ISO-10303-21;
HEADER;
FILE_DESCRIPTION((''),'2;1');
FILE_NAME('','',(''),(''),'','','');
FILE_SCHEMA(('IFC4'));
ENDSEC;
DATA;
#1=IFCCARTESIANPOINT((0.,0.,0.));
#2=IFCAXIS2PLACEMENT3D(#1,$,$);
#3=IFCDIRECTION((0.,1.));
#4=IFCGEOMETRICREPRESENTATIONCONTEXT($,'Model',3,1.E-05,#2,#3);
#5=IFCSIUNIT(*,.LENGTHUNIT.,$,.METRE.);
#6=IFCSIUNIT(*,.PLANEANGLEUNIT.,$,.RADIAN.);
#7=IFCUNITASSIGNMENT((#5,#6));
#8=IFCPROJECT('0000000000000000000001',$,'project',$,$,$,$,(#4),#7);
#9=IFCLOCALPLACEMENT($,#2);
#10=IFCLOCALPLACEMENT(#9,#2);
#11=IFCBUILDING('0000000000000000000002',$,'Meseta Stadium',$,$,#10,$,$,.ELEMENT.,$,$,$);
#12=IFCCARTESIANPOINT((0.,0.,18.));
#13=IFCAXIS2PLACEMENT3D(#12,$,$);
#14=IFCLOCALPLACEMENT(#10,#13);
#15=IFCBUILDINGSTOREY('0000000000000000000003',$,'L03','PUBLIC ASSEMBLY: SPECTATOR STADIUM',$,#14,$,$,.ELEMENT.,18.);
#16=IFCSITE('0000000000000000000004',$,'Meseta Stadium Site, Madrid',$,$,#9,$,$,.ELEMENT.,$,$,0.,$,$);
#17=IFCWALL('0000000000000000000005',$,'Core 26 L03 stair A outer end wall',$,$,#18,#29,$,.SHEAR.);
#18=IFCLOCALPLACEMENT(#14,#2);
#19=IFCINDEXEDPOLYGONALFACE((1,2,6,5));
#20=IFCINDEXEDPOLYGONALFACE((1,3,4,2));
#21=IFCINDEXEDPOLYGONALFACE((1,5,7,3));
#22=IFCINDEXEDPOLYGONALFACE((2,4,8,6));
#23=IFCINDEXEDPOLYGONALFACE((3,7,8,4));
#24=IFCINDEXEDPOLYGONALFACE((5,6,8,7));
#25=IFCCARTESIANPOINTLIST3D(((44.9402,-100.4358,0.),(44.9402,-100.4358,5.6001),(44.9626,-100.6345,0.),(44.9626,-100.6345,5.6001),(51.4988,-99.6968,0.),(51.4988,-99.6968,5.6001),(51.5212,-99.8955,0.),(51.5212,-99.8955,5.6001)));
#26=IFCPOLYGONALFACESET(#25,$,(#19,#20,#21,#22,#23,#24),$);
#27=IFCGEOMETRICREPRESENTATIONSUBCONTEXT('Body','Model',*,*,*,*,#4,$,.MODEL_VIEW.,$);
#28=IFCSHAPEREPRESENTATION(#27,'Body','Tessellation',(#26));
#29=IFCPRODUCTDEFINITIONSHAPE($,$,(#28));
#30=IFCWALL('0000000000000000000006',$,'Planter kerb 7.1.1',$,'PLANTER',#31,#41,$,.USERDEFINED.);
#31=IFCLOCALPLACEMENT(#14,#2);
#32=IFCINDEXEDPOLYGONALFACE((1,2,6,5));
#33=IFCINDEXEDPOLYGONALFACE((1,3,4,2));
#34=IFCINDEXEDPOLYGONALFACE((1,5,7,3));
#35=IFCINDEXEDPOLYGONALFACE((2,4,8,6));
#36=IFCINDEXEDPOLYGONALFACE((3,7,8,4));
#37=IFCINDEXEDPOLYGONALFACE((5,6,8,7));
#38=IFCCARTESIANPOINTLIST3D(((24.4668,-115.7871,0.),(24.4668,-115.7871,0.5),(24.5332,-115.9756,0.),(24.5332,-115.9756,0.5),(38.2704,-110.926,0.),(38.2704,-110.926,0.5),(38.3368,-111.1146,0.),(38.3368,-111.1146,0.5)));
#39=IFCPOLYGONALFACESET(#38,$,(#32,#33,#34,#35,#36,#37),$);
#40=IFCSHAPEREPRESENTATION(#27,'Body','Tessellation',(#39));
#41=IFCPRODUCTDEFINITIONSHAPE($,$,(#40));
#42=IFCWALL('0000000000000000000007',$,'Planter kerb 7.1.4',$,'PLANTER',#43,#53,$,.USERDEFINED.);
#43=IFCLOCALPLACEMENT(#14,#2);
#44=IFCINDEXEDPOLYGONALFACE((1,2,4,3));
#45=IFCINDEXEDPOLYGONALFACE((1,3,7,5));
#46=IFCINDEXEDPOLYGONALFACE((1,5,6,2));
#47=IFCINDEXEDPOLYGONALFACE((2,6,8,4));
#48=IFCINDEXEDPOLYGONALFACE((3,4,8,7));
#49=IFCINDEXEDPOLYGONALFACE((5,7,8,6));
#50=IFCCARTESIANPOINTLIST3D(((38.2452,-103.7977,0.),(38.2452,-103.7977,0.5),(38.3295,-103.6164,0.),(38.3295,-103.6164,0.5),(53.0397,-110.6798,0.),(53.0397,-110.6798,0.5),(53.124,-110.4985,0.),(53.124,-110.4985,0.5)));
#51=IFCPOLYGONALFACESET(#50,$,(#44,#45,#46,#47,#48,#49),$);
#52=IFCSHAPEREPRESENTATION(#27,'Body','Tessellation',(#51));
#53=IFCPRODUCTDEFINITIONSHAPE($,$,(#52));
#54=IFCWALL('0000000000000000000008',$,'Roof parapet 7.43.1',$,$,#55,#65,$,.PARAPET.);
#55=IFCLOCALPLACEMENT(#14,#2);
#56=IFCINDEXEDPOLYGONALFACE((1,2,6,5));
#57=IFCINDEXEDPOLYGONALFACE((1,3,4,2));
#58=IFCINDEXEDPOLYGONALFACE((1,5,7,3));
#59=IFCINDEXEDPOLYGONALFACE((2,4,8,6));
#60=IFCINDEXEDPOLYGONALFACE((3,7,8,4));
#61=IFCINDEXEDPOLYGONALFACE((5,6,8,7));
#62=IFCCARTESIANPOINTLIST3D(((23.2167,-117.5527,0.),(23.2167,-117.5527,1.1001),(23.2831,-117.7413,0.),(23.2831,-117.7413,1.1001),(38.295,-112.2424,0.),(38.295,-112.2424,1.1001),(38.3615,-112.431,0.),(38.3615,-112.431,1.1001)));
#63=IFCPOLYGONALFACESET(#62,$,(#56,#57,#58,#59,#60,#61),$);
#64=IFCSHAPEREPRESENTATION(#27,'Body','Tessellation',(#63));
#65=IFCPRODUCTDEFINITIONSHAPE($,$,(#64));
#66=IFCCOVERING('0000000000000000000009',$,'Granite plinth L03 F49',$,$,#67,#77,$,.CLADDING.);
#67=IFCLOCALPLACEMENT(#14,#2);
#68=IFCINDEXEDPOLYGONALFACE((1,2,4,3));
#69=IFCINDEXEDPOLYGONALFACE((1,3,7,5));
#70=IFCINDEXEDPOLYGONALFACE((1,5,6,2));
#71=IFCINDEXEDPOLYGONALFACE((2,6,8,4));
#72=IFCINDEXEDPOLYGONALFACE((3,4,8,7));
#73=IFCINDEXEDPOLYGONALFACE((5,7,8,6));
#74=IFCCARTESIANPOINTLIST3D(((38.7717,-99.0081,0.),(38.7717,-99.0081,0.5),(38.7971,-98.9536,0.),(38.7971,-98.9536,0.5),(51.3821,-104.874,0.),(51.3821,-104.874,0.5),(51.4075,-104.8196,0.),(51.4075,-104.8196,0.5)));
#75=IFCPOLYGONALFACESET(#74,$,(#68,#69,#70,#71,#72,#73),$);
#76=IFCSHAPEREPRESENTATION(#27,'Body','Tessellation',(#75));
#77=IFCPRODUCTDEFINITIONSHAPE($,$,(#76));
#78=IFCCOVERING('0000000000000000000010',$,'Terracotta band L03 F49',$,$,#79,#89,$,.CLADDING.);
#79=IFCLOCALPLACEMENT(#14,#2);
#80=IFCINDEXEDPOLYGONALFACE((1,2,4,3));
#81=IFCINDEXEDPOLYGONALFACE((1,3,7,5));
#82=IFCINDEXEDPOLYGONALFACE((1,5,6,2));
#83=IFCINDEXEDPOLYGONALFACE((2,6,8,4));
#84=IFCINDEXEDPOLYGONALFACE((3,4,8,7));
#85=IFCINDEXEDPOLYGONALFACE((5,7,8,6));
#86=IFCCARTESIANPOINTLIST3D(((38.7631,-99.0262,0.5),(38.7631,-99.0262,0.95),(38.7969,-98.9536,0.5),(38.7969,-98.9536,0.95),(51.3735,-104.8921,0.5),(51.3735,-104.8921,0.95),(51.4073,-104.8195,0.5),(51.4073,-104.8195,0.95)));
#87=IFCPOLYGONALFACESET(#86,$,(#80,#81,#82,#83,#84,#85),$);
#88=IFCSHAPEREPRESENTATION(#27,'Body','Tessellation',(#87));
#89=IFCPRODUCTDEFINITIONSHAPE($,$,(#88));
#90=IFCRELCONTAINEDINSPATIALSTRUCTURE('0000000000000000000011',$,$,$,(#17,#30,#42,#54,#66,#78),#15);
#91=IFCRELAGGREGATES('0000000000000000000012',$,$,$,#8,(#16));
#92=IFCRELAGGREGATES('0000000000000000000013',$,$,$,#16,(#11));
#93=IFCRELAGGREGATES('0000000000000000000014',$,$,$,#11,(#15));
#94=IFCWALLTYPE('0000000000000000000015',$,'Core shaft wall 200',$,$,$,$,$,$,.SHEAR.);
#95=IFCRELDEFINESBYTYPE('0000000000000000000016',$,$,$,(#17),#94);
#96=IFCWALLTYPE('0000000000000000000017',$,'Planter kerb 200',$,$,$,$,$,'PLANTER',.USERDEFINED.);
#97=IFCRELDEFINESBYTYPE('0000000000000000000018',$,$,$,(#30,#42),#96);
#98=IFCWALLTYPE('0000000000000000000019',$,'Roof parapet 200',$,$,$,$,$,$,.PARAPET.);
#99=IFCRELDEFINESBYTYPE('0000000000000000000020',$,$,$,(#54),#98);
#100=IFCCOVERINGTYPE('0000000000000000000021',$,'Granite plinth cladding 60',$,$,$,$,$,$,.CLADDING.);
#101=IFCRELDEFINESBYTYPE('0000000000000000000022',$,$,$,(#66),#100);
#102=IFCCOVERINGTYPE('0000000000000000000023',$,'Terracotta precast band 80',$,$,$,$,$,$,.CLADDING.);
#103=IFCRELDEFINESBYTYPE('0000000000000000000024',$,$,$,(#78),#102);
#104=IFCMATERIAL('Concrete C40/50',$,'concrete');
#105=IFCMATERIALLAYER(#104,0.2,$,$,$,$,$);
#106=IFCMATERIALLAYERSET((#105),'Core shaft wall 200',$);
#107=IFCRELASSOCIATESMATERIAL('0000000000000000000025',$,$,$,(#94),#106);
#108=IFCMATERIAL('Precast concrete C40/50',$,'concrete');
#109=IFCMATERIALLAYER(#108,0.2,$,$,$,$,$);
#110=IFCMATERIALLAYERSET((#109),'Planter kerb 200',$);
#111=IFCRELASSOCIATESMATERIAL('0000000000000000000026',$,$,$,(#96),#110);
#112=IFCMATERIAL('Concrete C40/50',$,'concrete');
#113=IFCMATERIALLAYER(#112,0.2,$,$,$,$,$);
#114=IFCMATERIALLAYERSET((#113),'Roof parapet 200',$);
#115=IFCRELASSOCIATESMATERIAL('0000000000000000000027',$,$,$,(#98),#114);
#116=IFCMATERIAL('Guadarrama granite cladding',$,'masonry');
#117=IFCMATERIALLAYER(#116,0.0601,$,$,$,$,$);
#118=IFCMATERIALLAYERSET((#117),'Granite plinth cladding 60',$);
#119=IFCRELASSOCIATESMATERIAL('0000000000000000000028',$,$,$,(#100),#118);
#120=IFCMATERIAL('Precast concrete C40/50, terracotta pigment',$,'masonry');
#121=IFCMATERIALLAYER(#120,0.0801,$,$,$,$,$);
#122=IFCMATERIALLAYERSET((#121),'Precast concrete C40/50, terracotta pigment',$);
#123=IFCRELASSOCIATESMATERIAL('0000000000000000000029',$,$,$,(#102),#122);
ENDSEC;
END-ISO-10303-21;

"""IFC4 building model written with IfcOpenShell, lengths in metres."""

from ifc_helpers import new_model, si_unit, direction, frame, frame_2d, origin, origin_2d, place, context, subcontext, project, spatial, rectangle, extrude, material, layer, layer_set, type_object, element, save


model = new_model("IFC4")

# Units and contexts
model_context = context("Model", 3, precision=1e-05, world=origin(), true_north=direction((0.0, 1.0)))
body_context = subcontext(model_context, "Body", "Model", "MODEL_VIEW")
ifc_project = project(units=[si_unit("LENGTHUNIT", "METRE"), si_unit("PLANEANGLEUNIT", "RADIAN")], contexts=[model_context])

# Site, building, storey
site_placement = place(None, origin())
site = spatial("IfcSite", under=ifc_project, at=site_placement, Name="Meseta Stadium Site, Madrid", CompositionType="ELEMENT", RefElevation=0.0)
building_placement = place(site_placement, origin())
building = spatial("IfcBuilding", under=site, at=building_placement, Name="Meseta Stadium", CompositionType="ELEMENT")
storey_placement = place(building_placement, frame((0.0, 0.0, 18.0)))
storey = spatial("IfcBuildingStorey", under=building, at=storey_placement, Name="L03", Description="PUBLIC ASSEMBLY: SPECTATOR STADIUM", CompositionType="ELEMENT", Elevation=18.0)

# Walls
ifc_material_1 = material(Name="Concrete C40/50", Category="concrete")
ifc_layer_1 = layer(ifc_material_1, 0.2)
ifc_layer_set_1 = layer_set([ifc_layer_1], Name="Core shaft wall 200")
wall_type_1 = type_object("IfcWallType", Name="Core shaft wall 200", PredefinedType="SHEAR", material=ifc_layer_set_1)
wall_1_placement = place(storey_placement, frame((44.9514, -100.5352, 0.0), z_axis=(0.0, 0.0, 1.0), x_axis=(0.993712, 0.11197, 0.0)))
element("IfcWall", 1, at=wall_1_placement, inside=storey, type_object=wall_type_1, Name="Core 26 L03 stair A outer end wall", PredefinedType="SHEAR", context=body_context, shape_type="SweptSolid", body=[
    extrude(rectangle(XDim=6.6001, YDim=0.2, at=frame_2d((3.3, 0.0))), origin(), (0.0, 0.0, 1.0), 5.6001),
])
ifc_material_2 = material(Name="Precast concrete C40/50", Category="concrete")
ifc_layer_2 = layer(ifc_material_2, 0.2)
ifc_layer_set_2 = layer_set([ifc_layer_2], Name="Planter kerb 200")
wall_type_2 = type_object("IfcWallType", Name="Planter kerb 200", ElementType="PLANTER", PredefinedType="USERDEFINED", material=ifc_layer_set_2)
wall_2_placement = place(storey_placement, frame((38.3037, -111.0203, 0.0), z_axis=(0.0, 0.0, 1.0), x_axis=(-0.943222, -0.332163, 0.0)))
element("IfcWall", 2, at=wall_2_placement, inside=storey, type_object=wall_type_2, Name="Planter kerb 7.1.1", ObjectType="PLANTER", PredefinedType="USERDEFINED", context=body_context, shape_type="SweptSolid", body=[
    extrude(rectangle(XDim=14.6345, YDim=0.2, at=frame_2d((7.3174, 0.0))), origin(), (0.0, 0.0, 1.0), 0.5),
])
wall_3_placement = place(storey_placement, frame((38.2874, -103.707, 0.0), z_axis=(0.0, 0.0, 1.0), x_axis=(0.906699, -0.421779, 0.0)))
element("IfcWall", 3, at=wall_3_placement, inside=storey, type_object=wall_type_2, Name="Planter kerb 7.1.4", ObjectType="PLANTER", PredefinedType="USERDEFINED", context=body_context, shape_type="SweptSolid", body=[
    extrude(rectangle(XDim=16.3169, YDim=0.2, at=frame_2d((8.1584, 0.0))), origin(), (0.0, 0.0, 1.0), 0.5),
])
ifc_material_3 = material(Name="Concrete C40/50", Category="concrete")
ifc_layer_3 = layer(ifc_material_3, 0.2)
ifc_layer_set_3 = layer_set([ifc_layer_3], Name="Roof parapet 200")
wall_type_3 = type_object("IfcWallType", Name="Roof parapet 200", PredefinedType="PARAPET", material=ifc_layer_set_3)
wall_4_placement = place(storey_placement, frame((38.3284, -112.3367, 0.0), z_axis=(0.0, 0.0, 1.0), x_axis=(-0.943215, -0.332182, 0.0)))
element("IfcWall", 4, at=wall_4_placement, inside=storey, type_object=wall_type_3, Name="Roof parapet 7.43.1", PredefinedType="PARAPET", context=body_context, shape_type="SweptSolid", body=[
    extrude(rectangle(XDim=15.9861, YDim=0.2, at=frame_2d((7.9932, 0.0))), origin(), (0.0, 0.0, 1.0), 1.1001),
])

# Coverings
ifc_material_4 = material(Name="Guadarrama granite cladding", Category="masonry")
ifc_layer_4 = layer(ifc_material_4, 0.0601)
ifc_layer_set_4 = layer_set([ifc_layer_4], Name="Granite plinth cladding 60")
covering_type_1 = type_object("IfcCoveringType", Name="Granite plinth cladding 60", PredefinedType="CLADDING", material=ifc_layer_set_4)
covering_1_placement = place(storey_placement, frame((45.0896, -101.9138, 0.0), z_axis=(0.0, 0.0, 1.0), x_axis=(-0.906703, 0.42177, 0.0)))
element("IfcCovering", 5, at=covering_1_placement, inside=storey, type_object=covering_type_1, Name="Granite plinth L03 F49", PredefinedType="CLADDING", context=body_context, shape_type="SweptSolid", body=[
    extrude(rectangle(XDim=13.908, YDim=0.0601, at=origin_2d()), origin(), (0.0, 0.0, 1.0), 0.5),
])
ifc_material_5 = material(Name="Precast concrete C40/50, terracotta pigment", Category="masonry")
ifc_layer_5 = layer(ifc_material_5, 0.0801)
ifc_layer_set_5 = layer_set([ifc_layer_5], Name="Precast concrete C40/50, terracotta pigment")
covering_type_2 = type_object("IfcCoveringType", Name="Terracotta precast band 80", PredefinedType="CLADDING", material=ifc_layer_set_5)
covering_2_placement = place(storey_placement, frame((45.0852, -101.9229, 0.5), z_axis=(0.0, 0.0, 1.0), x_axis=(-0.906703, 0.42177, 0.0)))
element("IfcCovering", 6, at=covering_2_placement, inside=storey, type_object=covering_type_2, Name="Terracotta band L03 F49", PredefinedType="CLADDING", context=body_context, shape_type="SweptSolid", body=[
    extrude(rectangle(XDim=13.908, YDim=0.0801, at=origin_2d()), origin(), (0.0, 0.0, 1.0), 0.45),
])

save(model, "model.ifc")
